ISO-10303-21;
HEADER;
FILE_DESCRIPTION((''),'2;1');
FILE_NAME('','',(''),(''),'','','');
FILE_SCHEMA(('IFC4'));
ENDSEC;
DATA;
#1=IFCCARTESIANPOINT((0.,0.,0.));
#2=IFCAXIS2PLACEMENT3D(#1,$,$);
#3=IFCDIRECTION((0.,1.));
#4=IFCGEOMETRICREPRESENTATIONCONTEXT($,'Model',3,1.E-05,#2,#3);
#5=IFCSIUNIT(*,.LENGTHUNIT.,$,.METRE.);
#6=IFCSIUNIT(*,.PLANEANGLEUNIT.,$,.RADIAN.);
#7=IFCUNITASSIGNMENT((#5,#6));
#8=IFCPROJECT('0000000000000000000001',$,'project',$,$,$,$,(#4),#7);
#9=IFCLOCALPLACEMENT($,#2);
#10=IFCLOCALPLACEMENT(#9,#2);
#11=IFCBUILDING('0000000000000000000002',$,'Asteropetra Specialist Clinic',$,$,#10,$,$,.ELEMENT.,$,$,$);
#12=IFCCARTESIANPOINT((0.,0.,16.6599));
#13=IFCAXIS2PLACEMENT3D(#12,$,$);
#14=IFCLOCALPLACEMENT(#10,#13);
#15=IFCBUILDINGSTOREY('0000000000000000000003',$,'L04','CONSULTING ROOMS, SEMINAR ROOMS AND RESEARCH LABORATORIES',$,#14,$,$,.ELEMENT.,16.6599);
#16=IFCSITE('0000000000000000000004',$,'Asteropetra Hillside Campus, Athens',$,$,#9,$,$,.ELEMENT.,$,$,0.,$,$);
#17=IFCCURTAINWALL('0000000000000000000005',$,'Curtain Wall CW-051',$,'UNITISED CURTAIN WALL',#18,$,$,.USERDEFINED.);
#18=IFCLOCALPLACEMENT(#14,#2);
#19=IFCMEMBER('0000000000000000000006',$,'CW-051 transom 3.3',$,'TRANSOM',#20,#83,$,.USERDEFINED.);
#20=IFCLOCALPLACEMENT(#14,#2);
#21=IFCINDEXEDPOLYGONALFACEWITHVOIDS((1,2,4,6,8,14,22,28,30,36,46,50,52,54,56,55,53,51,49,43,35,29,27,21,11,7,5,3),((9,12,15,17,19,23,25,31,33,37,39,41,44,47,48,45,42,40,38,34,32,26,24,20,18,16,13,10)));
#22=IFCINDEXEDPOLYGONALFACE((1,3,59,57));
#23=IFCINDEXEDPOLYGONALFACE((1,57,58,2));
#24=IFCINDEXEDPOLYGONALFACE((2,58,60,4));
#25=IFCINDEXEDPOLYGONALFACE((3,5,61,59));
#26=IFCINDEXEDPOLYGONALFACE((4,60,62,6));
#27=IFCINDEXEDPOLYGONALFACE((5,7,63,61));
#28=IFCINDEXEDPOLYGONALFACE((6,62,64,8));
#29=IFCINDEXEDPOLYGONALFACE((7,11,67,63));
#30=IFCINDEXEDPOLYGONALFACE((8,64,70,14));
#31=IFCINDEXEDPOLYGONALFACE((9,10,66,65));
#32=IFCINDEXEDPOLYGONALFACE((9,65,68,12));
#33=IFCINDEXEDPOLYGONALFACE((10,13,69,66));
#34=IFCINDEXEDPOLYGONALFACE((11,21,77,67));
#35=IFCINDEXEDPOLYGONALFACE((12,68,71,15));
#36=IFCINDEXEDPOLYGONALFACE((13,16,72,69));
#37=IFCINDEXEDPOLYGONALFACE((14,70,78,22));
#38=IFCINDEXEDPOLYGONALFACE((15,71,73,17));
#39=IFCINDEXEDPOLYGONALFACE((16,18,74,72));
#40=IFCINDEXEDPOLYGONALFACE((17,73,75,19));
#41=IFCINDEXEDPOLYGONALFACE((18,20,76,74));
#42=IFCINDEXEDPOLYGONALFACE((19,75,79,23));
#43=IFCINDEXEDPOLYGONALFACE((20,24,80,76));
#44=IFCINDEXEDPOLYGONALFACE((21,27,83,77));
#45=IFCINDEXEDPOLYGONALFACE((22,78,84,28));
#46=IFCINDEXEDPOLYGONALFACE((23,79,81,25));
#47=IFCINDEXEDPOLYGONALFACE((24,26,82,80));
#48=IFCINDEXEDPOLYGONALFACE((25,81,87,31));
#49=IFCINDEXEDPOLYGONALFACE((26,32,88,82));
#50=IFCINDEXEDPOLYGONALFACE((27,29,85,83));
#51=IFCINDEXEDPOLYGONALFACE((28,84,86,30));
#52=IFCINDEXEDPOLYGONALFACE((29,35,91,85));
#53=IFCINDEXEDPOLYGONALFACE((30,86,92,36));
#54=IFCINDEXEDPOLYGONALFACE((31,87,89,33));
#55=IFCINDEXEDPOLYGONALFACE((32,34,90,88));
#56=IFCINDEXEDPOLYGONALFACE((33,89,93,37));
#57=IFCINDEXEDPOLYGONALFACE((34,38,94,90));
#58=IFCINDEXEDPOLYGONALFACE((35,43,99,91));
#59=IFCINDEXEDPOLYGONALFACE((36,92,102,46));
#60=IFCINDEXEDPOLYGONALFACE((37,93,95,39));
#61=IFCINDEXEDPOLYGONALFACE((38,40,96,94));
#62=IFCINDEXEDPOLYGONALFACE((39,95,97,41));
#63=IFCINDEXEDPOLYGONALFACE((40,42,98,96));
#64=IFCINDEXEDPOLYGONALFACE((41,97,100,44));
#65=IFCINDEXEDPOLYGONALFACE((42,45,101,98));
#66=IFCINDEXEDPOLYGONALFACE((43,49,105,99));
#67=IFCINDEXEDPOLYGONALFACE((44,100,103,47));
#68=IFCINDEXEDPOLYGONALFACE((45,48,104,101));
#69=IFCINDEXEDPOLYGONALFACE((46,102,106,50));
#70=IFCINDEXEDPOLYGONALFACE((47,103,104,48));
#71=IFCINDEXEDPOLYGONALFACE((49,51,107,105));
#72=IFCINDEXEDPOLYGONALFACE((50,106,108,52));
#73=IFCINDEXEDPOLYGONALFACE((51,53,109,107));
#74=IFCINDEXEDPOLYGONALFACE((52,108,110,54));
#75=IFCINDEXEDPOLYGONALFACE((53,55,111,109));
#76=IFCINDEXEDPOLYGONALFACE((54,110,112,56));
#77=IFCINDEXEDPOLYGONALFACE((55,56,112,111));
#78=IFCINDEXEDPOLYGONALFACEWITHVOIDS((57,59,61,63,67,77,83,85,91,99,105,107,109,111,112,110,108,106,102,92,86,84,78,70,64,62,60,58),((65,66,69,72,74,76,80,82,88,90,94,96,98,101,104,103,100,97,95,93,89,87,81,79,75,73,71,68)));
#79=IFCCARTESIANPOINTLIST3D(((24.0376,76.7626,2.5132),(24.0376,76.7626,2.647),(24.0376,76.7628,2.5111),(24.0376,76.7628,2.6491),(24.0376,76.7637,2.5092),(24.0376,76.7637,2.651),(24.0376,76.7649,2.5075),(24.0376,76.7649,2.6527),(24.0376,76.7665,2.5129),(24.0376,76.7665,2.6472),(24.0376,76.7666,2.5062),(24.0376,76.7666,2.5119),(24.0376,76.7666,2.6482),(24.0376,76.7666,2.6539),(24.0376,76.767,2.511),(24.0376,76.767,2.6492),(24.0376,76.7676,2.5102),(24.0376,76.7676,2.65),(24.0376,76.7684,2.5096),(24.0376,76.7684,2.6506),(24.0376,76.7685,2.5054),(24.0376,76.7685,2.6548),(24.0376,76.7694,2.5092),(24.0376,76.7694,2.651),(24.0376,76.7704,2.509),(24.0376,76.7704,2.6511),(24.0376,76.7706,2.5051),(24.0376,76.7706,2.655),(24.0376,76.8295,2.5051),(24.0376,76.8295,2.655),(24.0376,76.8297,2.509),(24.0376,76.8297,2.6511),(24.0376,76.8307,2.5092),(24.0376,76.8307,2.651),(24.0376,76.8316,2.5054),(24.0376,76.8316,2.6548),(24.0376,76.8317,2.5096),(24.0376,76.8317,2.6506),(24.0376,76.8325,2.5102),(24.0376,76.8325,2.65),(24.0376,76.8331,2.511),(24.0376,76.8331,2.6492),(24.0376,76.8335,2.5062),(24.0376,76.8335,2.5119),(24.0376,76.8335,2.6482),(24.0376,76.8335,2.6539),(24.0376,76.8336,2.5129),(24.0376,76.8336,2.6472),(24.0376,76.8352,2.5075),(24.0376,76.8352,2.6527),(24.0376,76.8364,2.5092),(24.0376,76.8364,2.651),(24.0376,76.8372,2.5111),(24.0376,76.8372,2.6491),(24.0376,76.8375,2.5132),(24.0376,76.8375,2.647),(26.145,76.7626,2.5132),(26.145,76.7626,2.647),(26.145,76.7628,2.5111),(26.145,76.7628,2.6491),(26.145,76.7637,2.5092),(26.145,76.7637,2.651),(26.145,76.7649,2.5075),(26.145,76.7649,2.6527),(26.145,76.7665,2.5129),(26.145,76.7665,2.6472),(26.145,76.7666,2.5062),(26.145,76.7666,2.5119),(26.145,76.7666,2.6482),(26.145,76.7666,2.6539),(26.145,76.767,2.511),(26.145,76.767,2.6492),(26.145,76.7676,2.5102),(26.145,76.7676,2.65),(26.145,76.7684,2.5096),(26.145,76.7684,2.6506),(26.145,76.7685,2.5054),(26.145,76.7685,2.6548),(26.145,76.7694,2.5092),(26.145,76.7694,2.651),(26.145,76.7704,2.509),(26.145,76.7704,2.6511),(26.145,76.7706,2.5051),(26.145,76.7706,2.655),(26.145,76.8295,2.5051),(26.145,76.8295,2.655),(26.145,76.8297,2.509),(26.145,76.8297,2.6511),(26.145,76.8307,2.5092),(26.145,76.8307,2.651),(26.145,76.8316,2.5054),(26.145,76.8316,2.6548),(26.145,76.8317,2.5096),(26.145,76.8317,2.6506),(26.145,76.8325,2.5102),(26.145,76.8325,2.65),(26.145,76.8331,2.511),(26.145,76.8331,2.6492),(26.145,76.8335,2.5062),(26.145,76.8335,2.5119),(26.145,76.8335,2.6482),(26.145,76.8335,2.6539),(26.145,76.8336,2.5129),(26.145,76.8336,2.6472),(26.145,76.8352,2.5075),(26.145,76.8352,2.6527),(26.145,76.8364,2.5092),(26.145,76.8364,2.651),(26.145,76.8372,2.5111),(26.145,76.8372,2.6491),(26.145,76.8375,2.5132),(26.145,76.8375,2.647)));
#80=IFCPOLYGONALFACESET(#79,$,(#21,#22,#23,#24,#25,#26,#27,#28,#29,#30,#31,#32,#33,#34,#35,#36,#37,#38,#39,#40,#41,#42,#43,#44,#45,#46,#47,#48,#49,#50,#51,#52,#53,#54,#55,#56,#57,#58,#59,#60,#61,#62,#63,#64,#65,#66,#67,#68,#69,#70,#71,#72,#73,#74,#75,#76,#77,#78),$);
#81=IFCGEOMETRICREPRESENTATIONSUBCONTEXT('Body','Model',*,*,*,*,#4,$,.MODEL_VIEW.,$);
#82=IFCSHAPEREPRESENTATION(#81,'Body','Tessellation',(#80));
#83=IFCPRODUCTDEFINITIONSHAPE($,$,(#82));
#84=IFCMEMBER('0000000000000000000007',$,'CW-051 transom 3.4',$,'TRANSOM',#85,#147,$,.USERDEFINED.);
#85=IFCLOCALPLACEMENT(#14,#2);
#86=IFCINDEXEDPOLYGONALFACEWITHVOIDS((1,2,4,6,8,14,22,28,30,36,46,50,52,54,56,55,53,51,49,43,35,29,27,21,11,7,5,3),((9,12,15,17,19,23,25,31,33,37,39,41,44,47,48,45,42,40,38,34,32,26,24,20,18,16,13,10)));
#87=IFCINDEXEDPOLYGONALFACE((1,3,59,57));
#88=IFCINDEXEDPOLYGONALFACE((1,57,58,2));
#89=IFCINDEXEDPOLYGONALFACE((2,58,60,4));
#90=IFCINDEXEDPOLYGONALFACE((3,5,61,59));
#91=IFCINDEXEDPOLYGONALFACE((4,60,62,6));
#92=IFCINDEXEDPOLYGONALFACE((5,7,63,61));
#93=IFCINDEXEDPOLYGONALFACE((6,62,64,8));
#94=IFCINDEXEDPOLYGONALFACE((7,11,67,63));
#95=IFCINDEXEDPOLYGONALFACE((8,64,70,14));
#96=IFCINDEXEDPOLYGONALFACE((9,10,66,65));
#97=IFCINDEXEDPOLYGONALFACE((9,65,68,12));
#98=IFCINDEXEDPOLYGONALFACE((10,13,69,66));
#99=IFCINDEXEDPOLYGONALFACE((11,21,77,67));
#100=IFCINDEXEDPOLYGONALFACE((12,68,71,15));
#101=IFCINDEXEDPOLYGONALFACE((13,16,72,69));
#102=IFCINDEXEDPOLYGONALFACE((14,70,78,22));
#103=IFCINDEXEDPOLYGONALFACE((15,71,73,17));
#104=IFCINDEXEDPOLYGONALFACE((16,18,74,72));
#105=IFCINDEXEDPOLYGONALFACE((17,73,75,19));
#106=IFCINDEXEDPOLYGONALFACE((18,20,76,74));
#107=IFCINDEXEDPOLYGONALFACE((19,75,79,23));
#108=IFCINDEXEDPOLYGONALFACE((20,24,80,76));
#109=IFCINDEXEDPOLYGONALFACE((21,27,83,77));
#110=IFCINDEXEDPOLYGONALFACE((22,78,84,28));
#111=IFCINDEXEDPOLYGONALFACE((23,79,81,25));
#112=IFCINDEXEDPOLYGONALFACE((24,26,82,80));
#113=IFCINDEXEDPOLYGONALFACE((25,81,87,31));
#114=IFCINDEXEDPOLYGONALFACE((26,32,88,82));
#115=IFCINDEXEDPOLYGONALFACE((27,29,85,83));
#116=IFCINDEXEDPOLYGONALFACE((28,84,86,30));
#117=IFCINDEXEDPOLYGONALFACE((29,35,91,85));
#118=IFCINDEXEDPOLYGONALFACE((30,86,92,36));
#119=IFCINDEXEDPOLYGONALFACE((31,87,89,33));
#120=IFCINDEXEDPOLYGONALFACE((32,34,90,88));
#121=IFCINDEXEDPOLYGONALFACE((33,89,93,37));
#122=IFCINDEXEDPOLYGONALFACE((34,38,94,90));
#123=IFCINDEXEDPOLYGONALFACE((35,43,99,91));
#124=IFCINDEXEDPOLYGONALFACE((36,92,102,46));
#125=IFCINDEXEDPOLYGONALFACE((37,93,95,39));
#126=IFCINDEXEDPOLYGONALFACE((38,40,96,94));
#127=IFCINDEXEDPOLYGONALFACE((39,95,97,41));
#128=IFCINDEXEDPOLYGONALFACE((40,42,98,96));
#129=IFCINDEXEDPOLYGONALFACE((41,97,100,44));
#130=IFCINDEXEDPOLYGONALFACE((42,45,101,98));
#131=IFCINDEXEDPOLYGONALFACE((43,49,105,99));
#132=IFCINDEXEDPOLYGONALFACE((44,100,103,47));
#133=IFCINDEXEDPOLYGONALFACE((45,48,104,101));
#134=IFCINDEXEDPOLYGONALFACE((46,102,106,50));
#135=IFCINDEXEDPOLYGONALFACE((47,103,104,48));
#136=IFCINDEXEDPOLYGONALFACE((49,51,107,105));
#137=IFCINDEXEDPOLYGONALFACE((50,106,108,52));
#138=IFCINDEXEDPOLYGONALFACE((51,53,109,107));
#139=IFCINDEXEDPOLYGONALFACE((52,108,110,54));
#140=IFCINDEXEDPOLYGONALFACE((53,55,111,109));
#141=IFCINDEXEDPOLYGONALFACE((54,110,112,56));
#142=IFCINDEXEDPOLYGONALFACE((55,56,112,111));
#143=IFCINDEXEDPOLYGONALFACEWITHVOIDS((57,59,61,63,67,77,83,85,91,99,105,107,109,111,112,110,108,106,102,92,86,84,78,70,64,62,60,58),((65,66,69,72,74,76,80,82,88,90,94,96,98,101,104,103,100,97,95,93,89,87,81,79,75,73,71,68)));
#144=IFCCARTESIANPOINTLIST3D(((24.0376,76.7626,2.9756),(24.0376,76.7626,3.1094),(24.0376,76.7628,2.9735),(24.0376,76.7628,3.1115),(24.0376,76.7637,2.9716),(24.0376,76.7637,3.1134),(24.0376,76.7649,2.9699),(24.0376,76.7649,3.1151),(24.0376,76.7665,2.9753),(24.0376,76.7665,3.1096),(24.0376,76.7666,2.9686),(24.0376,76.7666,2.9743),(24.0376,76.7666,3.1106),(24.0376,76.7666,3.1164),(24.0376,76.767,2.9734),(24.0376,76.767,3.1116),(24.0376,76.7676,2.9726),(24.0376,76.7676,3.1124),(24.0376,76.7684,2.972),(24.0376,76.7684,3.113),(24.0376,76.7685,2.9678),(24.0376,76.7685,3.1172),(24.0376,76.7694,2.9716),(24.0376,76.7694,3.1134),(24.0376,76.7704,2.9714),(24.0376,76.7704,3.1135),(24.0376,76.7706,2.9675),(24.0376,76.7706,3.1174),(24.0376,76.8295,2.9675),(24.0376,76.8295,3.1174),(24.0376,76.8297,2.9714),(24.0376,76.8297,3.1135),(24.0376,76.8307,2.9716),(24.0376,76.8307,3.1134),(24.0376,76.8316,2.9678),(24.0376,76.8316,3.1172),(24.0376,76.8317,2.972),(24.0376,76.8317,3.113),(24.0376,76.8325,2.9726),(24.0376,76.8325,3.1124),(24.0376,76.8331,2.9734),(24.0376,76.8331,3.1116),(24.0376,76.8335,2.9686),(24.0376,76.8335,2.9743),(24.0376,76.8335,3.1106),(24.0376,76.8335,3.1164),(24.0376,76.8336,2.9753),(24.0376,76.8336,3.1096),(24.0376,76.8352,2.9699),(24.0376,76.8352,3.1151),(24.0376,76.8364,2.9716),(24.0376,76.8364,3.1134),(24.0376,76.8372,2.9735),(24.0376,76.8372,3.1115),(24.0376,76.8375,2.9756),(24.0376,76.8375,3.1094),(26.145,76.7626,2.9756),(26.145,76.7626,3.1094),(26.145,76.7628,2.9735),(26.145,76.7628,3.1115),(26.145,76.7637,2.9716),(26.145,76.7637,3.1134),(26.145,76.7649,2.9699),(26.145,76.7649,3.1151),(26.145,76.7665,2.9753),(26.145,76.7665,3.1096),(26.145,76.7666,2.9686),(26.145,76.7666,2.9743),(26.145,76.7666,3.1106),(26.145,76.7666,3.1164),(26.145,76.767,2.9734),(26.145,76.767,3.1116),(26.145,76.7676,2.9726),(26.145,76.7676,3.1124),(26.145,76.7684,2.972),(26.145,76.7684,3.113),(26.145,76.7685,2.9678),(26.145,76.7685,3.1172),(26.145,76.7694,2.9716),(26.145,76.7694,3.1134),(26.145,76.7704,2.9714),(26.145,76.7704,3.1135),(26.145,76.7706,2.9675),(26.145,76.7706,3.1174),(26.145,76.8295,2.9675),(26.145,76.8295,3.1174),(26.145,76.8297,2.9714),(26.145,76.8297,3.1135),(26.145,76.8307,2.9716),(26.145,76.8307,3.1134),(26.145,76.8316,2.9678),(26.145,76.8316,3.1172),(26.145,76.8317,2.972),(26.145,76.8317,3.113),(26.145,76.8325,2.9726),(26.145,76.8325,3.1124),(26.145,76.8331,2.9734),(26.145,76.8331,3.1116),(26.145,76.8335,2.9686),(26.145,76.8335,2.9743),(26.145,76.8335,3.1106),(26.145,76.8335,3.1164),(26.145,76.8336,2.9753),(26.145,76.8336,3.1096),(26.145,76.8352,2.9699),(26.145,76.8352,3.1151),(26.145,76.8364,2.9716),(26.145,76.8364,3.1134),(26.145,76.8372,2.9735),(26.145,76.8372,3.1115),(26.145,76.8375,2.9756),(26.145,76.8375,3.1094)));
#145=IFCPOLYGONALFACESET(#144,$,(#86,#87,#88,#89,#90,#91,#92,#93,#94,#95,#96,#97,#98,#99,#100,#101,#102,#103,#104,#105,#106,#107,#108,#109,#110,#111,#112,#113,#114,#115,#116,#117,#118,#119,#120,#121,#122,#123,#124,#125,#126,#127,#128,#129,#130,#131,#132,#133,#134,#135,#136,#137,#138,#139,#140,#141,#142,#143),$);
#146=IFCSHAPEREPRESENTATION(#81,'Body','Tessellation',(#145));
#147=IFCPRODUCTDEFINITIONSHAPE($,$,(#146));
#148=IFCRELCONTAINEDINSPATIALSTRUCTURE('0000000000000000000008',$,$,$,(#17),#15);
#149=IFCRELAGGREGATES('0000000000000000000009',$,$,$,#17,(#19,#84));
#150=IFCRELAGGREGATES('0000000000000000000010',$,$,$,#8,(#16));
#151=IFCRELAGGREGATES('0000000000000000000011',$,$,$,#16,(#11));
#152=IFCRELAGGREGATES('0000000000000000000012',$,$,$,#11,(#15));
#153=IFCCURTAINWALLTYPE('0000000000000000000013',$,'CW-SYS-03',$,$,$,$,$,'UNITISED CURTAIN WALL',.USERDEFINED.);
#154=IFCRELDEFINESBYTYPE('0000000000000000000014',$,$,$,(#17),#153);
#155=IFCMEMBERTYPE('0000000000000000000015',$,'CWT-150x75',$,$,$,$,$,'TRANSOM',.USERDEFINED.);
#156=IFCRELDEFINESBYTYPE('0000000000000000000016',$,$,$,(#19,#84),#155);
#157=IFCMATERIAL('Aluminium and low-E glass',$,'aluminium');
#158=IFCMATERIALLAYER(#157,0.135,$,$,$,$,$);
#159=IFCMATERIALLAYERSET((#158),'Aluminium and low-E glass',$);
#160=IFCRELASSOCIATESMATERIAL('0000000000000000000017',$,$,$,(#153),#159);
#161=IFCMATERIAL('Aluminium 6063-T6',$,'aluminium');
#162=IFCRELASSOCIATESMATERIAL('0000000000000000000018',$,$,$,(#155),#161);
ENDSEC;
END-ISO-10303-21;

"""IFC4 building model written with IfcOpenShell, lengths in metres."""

from ifc_helpers import new_model, si_unit, direction, frame, origin, origin_2d, place, context, subcontext, project, spatial, hollow_rectangle, extrude, material, layer, layer_set, material_profile, profile_set, type_object, element, aggregate, save


model = new_model("IFC4")

# Units and contexts
model_context = context("Model", 3, precision=1e-05, world=origin(), true_north=direction((0.0, 1.0)))
body_context = subcontext(model_context, "Body", "Model", "MODEL_VIEW")
ifc_project = project(units=[si_unit("LENGTHUNIT", "METRE"), si_unit("PLANEANGLEUNIT", "RADIAN")], contexts=[model_context])

# Site, building, storey
site_placement = place(None, origin())
site = spatial("IfcSite", under=ifc_project, at=site_placement, Name="Asteropetra Hillside Campus, Athens", CompositionType="ELEMENT", RefElevation=0.0)
building_placement = place(site_placement, origin())
building = spatial("IfcBuilding", under=site, at=building_placement, Name="Asteropetra Specialist Clinic", CompositionType="ELEMENT")
storey_placement = place(building_placement, frame((0.0, 0.0, 16.6599)))
storey = spatial("IfcBuildingStorey", under=building, at=storey_placement, Name="L04", Description="CONSULTING ROOMS, SEMINAR ROOMS AND RESEARCH LABORATORIES", CompositionType="ELEMENT", Elevation=16.6599)

# Curtain wall
ifc_material_1 = material(Name="Aluminium and low-E glass", Category="aluminium")
ifc_layer_1 = layer(ifc_material_1, 0.135)
ifc_layer_set_1 = layer_set([ifc_layer_1], Name="Aluminium and low-E glass")
curtain_wall_type_1 = type_object("IfcCurtainWallType", Name="CW-SYS-03", ElementType="UNITISED CURTAIN WALL", PredefinedType="USERDEFINED", material=ifc_layer_set_1)
curtain_wall_1_placement = place(storey_placement, origin())
curtain_wall_1 = element("IfcCurtainWall", 1, at=curtain_wall_1_placement, inside=storey, type_object=curtain_wall_type_1, Name="Curtain Wall CW-051", ObjectType="UNITISED CURTAIN WALL", PredefinedType="USERDEFINED")

# Members
ifc_material_2 = material(Name="Aluminium 6063-T6", Category="aluminium")
ifc_material_profile_1 = material_profile(ifc_material_2, hollow_rectangle(XDim=0.075, YDim=0.1499, WallThickness=0.0039, InnerFilletRadius=0.0039, OuterFilletRadius=0.0081, at=origin_2d()), Name="TRN 150x75x4.0")
ifc_profile_set_1 = profile_set([ifc_material_profile_1], Name="Aluminium 6063-T6")
member_type_1 = type_object("IfcMemberType", Name="CWT-150x75", ElementType="TRANSOM", PredefinedType="USERDEFINED", material=ifc_profile_set_1)
member_1_placement = place(storey_placement, frame((24.0376, 76.8, 2.5801), z_axis=(1.0, 0.0, 0.0), x_axis=(0.0, 1.0, 0.0)))
member_1 = element("IfcMember", 2, at=member_1_placement, type_object=member_type_1, Name="CW-051 transom 3.3", ObjectType="TRANSOM", PredefinedType="USERDEFINED", context=body_context, shape_type="SweptSolid", body=[
    extrude(hollow_rectangle(XDim=0.075, YDim=0.1499, WallThickness=0.0039, InnerFilletRadius=0.0039, OuterFilletRadius=0.0081, at=origin_2d()), origin(), (0.0, 0.0, 1.0), 2.1074),
])
member_2_placement = place(storey_placement, frame((24.0376, 76.8, 3.0425), z_axis=(1.0, 0.0, 0.0), x_axis=(0.0, 1.0, 0.0)))
member_2 = element("IfcMember", 3, at=member_2_placement, type_object=member_type_1, Name="CW-051 transom 3.4", ObjectType="TRANSOM", PredefinedType="USERDEFINED", context=body_context, shape_type="SweptSolid", body=[
    extrude(hollow_rectangle(XDim=0.075, YDim=0.1499, WallThickness=0.0039, InnerFilletRadius=0.0039, OuterFilletRadius=0.0081, at=origin_2d()), origin(), (0.0, 0.0, 1.0), 2.1074),
])

aggregate(curtain_wall_1, [member_1, member_2])

save(model, "model.ifc")
